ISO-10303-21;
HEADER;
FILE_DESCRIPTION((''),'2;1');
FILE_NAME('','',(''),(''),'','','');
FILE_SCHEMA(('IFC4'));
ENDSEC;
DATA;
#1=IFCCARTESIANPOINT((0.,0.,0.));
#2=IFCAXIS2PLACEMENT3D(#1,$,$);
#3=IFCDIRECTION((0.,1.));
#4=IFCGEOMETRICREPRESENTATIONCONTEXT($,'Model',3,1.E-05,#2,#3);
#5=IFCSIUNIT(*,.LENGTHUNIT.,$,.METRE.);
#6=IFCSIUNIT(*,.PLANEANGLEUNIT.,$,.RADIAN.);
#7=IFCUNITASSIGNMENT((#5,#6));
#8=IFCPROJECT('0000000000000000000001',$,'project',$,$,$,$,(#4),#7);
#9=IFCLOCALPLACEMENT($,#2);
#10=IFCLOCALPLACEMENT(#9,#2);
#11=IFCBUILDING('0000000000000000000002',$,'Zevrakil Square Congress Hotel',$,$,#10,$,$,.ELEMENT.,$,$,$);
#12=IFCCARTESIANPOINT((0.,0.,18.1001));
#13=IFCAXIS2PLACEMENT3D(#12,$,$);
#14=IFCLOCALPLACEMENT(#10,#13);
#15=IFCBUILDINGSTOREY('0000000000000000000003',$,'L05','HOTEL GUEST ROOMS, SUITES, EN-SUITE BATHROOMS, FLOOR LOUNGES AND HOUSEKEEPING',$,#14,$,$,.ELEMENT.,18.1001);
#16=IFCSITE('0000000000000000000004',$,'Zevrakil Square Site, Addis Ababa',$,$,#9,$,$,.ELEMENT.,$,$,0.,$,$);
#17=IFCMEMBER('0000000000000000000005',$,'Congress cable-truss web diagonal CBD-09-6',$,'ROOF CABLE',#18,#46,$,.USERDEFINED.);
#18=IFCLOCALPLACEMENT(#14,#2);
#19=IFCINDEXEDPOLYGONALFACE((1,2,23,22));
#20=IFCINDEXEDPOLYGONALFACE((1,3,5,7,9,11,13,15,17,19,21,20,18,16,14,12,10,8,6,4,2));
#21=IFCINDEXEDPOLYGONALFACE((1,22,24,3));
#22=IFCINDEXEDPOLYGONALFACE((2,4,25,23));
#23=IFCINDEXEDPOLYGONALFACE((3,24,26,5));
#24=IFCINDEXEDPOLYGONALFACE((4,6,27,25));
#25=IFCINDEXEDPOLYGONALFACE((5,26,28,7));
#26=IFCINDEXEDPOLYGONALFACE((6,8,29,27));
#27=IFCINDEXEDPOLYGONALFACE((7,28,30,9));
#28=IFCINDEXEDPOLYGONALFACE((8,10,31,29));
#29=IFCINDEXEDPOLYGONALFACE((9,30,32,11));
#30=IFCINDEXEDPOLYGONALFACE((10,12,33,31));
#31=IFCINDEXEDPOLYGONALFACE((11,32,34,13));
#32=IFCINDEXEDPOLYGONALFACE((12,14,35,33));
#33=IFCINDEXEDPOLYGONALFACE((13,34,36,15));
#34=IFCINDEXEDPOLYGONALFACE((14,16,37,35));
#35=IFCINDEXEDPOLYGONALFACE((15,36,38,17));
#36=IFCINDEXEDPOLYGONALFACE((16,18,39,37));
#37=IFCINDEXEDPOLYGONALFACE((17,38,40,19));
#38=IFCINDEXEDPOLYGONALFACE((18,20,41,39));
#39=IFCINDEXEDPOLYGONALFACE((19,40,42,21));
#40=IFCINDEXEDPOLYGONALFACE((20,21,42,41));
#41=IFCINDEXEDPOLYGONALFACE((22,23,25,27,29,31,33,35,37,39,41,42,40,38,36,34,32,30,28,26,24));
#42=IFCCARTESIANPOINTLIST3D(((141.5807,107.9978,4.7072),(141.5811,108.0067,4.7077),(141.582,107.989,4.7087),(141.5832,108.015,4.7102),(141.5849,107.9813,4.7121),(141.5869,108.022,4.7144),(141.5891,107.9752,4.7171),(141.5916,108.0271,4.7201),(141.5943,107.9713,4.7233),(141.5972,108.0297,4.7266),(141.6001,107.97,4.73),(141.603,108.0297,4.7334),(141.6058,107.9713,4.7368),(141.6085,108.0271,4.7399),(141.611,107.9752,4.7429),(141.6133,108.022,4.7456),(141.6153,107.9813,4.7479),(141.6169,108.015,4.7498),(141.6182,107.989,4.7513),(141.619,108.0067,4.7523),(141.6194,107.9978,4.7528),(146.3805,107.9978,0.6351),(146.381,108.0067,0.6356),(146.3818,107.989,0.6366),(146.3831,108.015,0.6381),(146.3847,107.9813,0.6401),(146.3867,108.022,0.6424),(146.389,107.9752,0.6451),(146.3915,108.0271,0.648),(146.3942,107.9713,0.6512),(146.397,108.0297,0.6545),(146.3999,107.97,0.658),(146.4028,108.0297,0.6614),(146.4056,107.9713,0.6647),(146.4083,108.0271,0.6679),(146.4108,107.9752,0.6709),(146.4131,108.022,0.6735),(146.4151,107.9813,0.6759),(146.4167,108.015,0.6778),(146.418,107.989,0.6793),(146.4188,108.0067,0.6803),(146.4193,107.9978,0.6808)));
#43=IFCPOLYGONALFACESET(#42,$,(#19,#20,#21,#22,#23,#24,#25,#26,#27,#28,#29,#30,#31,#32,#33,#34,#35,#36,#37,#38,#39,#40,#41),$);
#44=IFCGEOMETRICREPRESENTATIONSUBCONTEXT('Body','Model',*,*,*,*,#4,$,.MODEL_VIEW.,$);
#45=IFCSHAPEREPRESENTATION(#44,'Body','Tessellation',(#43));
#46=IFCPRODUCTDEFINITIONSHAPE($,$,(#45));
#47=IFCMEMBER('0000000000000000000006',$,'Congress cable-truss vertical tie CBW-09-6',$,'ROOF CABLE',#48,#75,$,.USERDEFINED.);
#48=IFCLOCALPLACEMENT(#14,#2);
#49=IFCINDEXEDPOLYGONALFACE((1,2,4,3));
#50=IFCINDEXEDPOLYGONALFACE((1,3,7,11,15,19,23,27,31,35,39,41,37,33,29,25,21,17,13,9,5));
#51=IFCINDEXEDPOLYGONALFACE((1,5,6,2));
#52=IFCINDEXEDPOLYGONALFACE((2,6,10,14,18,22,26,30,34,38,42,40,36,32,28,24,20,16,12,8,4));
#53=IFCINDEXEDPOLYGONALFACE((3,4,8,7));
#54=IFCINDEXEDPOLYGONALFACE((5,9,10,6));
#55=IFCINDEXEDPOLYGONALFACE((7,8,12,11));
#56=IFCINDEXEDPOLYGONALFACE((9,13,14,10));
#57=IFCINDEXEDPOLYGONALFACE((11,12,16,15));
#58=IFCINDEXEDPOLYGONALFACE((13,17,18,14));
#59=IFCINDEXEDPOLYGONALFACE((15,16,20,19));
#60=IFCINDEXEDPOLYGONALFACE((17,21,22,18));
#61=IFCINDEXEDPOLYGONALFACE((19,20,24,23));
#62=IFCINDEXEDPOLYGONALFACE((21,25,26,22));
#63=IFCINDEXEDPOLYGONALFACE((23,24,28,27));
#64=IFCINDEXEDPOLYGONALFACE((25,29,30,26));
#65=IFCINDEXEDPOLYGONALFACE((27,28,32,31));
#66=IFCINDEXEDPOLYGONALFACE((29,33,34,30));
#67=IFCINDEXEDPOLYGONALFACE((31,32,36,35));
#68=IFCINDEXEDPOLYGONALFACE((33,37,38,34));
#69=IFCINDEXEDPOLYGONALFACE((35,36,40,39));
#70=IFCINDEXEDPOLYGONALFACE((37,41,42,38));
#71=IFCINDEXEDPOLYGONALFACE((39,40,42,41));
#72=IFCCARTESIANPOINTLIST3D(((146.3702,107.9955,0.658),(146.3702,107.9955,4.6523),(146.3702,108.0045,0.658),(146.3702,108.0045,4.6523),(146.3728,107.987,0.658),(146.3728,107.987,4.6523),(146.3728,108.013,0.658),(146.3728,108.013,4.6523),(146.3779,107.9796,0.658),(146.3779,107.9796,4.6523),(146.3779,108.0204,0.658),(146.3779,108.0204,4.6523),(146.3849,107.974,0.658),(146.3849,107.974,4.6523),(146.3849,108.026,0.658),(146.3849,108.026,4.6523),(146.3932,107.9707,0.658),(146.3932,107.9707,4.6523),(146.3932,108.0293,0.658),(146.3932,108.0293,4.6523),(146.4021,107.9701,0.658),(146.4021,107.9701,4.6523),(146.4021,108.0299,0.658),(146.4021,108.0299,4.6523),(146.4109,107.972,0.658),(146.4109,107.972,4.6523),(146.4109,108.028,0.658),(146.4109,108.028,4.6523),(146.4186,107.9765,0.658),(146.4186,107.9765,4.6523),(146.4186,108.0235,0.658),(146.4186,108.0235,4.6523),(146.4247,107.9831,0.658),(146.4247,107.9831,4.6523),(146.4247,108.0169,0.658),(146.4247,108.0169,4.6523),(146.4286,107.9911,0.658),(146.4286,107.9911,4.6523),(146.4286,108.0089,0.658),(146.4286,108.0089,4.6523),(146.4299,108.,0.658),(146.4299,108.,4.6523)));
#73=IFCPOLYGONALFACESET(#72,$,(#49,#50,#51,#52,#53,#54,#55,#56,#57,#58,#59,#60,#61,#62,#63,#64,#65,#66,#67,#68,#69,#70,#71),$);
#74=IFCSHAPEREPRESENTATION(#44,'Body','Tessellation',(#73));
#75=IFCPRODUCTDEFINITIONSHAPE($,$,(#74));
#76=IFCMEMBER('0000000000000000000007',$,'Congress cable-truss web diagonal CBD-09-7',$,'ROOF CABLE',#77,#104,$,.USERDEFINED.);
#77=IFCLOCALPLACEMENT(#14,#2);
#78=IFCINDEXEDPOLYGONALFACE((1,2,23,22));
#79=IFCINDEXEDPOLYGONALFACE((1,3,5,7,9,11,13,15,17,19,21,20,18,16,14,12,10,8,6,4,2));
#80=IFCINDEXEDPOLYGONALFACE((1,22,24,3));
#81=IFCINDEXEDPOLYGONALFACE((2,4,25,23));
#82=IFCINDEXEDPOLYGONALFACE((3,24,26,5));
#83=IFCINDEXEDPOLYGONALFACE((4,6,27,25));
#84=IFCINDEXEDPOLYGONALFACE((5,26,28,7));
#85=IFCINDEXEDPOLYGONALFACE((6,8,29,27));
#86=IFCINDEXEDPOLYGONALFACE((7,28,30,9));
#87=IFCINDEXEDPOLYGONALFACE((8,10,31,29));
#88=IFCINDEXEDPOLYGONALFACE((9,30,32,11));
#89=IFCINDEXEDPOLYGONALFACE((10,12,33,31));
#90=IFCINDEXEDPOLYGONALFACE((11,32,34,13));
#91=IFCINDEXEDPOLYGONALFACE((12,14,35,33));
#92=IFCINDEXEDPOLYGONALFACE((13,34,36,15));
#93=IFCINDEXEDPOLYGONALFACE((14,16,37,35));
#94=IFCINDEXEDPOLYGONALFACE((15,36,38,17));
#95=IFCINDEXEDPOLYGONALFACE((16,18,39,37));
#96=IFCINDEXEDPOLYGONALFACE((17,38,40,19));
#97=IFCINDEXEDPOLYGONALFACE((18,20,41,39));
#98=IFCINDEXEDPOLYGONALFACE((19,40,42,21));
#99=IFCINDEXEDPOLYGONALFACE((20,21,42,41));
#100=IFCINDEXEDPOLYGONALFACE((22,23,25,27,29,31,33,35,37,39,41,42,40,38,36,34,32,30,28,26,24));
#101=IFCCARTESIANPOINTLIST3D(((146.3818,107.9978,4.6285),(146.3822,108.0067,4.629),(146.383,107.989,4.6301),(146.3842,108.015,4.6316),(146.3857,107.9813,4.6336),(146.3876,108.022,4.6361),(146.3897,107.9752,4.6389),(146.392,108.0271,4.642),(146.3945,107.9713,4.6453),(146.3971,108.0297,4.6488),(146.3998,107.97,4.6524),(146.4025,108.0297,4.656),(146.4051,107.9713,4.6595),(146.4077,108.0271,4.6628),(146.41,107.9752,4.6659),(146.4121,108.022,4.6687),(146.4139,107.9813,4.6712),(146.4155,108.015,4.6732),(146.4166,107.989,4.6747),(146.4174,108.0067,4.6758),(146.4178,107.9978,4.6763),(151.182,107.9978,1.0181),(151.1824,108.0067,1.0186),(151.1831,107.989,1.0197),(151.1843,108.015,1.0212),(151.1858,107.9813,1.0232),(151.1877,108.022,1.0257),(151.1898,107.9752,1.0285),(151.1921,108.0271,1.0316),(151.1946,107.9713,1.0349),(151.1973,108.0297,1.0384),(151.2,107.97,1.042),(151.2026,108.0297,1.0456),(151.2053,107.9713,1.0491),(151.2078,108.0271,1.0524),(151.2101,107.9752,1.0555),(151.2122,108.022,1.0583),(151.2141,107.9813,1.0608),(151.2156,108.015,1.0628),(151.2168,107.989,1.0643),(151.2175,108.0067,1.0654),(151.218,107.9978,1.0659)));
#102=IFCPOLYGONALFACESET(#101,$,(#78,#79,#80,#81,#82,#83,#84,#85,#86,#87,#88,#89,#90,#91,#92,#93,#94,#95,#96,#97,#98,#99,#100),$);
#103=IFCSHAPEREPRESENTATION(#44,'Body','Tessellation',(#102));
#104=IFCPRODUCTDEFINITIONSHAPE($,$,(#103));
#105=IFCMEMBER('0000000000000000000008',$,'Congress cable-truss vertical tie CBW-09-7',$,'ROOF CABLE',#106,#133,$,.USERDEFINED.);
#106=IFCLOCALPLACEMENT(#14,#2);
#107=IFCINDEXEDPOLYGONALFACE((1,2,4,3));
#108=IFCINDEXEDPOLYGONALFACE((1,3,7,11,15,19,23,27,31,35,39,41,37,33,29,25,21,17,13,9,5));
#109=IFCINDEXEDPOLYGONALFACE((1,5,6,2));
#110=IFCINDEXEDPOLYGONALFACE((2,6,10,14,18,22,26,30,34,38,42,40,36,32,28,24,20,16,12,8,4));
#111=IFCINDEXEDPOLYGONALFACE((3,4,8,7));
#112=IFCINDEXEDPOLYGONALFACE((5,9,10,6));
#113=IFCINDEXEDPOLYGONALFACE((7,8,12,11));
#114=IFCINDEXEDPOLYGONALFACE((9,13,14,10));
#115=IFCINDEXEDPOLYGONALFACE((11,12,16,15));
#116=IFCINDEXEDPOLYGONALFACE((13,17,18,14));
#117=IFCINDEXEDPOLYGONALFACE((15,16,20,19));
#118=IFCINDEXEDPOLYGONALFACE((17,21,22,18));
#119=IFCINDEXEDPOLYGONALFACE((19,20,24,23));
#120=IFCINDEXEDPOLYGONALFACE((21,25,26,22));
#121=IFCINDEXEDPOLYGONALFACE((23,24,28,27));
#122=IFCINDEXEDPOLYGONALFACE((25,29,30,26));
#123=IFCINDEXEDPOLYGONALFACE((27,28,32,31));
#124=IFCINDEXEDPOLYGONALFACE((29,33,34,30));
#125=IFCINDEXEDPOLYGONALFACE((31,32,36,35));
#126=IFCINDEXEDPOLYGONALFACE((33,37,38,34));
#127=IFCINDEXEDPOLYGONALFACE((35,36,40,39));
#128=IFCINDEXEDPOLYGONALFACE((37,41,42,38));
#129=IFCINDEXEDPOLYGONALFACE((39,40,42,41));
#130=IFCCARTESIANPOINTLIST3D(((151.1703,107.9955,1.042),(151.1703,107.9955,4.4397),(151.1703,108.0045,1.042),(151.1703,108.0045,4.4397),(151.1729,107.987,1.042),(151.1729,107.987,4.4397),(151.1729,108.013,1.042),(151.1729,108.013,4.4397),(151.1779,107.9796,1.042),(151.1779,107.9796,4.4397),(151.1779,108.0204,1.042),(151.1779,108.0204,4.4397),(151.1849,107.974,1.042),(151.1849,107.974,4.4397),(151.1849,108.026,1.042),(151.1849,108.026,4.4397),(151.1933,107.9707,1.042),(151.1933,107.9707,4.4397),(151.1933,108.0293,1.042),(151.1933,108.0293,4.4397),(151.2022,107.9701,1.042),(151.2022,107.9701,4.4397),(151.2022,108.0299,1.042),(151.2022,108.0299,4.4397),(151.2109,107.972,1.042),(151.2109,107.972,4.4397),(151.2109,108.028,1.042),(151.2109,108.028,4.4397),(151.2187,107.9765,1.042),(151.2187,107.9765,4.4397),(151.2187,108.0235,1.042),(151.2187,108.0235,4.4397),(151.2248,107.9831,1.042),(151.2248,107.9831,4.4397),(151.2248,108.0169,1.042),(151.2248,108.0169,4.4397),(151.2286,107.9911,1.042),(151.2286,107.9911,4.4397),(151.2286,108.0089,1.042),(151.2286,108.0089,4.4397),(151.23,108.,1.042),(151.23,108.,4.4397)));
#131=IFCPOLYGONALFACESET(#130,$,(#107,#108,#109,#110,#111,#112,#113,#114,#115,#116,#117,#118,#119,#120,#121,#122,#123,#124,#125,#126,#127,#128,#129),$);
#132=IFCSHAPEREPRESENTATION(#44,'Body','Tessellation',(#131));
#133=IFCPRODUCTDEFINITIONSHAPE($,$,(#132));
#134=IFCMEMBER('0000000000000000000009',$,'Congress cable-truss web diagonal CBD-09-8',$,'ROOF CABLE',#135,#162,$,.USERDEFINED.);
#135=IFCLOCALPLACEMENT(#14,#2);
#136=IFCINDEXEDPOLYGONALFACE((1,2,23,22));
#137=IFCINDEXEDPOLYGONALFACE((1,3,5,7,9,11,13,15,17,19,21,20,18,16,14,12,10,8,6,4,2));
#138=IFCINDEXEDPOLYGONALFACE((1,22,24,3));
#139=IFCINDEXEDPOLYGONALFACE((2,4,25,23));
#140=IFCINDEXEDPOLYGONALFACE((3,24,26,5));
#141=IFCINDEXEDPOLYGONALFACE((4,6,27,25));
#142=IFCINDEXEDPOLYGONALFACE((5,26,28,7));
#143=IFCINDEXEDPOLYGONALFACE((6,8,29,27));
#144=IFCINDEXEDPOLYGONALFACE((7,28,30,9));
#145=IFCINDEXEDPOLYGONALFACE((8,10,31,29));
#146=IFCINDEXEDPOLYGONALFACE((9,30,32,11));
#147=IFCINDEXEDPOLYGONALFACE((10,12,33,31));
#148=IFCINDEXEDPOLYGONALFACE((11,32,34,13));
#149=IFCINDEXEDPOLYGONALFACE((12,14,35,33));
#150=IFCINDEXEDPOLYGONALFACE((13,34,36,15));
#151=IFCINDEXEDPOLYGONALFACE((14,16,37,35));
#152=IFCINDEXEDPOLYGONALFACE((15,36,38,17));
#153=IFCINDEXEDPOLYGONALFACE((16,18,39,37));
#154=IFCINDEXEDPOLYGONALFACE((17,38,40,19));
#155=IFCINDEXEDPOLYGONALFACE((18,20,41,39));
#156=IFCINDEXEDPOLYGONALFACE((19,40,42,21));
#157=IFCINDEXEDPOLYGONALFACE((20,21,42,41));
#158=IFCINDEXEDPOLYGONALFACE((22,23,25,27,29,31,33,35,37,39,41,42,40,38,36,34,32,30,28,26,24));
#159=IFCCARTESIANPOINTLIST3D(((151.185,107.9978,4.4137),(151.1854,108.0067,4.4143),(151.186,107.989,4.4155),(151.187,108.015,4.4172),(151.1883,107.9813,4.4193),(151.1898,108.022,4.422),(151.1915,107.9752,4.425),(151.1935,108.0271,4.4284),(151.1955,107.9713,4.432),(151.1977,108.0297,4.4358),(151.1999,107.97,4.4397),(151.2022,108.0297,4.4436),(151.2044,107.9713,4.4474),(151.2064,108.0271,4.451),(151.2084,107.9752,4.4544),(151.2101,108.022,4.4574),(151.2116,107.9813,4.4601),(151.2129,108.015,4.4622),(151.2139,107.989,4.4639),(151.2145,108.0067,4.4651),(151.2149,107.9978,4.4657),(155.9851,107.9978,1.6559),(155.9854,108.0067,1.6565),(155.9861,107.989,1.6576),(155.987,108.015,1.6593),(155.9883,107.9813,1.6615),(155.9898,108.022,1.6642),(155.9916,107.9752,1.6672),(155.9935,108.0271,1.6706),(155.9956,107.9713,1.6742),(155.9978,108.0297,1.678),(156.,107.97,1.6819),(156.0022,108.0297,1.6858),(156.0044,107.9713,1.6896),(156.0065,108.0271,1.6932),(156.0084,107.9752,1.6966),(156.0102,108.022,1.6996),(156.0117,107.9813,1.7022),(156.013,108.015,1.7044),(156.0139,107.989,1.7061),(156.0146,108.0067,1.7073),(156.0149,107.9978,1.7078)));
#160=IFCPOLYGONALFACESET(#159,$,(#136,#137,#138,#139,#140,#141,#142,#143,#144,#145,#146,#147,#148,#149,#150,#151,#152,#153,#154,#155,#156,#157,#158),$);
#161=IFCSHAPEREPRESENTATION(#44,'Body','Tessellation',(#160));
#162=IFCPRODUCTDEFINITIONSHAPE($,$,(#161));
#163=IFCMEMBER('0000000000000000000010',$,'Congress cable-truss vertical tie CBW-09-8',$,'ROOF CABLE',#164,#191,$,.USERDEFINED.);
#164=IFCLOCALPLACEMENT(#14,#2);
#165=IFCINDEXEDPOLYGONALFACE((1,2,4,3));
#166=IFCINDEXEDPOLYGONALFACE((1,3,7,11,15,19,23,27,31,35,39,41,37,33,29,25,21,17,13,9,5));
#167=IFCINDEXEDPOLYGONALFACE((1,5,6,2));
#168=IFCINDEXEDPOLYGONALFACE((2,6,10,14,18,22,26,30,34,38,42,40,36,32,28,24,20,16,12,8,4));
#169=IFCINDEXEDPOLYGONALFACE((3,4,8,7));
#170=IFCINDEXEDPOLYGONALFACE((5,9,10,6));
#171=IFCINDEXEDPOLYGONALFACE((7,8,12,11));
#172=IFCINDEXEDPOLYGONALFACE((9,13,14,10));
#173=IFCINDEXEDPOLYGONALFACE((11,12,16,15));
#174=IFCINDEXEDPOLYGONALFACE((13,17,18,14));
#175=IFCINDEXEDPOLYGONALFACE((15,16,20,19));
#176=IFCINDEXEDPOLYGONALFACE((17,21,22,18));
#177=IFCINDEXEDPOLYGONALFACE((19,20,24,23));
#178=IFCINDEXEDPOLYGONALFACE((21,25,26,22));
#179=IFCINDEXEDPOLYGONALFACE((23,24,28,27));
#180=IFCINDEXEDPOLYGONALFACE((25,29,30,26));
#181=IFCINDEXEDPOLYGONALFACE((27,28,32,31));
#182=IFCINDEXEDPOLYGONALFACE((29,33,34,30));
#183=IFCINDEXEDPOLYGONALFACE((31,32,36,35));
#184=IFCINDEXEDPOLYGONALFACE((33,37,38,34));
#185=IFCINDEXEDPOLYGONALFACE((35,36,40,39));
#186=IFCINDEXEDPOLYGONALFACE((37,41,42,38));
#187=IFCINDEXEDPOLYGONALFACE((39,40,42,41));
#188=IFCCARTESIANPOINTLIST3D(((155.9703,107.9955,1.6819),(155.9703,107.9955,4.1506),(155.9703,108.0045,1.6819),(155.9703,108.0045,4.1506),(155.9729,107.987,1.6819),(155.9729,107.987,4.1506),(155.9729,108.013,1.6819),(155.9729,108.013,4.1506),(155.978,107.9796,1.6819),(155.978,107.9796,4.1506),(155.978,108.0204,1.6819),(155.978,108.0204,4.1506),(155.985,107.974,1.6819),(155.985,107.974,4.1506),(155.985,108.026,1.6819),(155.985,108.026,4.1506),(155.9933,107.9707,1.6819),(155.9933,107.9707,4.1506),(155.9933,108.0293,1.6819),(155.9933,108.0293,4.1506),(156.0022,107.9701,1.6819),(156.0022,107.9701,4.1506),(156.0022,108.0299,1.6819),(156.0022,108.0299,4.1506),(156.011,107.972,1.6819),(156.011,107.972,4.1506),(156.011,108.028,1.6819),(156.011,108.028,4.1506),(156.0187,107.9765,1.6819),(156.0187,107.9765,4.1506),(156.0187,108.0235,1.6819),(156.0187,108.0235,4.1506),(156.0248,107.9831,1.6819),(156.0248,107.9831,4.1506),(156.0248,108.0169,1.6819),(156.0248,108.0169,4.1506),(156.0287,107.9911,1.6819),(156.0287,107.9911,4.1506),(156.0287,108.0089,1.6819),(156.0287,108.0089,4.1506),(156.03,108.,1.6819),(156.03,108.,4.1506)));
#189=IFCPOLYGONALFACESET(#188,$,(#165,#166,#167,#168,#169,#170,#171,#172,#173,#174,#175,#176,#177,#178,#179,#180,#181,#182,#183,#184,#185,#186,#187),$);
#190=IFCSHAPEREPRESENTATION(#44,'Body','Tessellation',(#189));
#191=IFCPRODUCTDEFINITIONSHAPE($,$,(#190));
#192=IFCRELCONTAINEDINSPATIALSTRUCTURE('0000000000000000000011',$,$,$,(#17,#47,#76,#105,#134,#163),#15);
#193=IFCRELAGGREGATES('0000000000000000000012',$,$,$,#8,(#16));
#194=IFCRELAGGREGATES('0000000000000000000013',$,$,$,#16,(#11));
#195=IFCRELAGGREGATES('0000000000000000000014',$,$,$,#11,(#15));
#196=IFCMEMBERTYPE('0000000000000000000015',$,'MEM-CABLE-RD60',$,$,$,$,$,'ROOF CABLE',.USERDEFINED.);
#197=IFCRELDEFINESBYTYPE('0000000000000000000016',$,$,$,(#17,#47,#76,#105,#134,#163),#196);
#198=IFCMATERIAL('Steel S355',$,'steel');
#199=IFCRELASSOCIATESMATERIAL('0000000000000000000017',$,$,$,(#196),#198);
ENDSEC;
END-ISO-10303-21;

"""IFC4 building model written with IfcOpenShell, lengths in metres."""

from ifc_helpers import new_model, si_unit, direction, frame, origin, origin_2d, place, context, subcontext, project, spatial, circle, extrude, material, material_profile, profile_set, type_object, element, save


model = new_model("IFC4")

# Units and contexts
model_context = context("Model", 3, precision=1e-05, world=origin(), true_north=direction((0.0, 1.0)))
body_context = subcontext(model_context, "Body", "Model", "MODEL_VIEW")
ifc_project = project(units=[si_unit("LENGTHUNIT", "METRE"), si_unit("PLANEANGLEUNIT", "RADIAN")], contexts=[model_context])

# Site, building, storey
site_placement = place(None, origin())
site = spatial("IfcSite", under=ifc_project, at=site_placement, Name="Zevrakil Square Site, Addis Ababa", CompositionType="ELEMENT", RefElevation=0.0)
building_placement = place(site_placement, origin())
building = spatial("IfcBuilding", under=site, at=building_placement, Name="Zevrakil Square Congress Hotel", CompositionType="ELEMENT")
storey_placement = place(building_placement, frame((0.0, 0.0, 18.1001)))
storey = spatial("IfcBuildingStorey", under=building, at=storey_placement, Name="L05", Description="HOTEL GUEST ROOMS, SUITES, EN-SUITE BATHROOMS, FLOOR LOUNGES AND HOUSEKEEPING", CompositionType="ELEMENT", Elevation=18.1001)

# Members
ifc_material_1 = material(Name="Steel S355", Category="steel")
ifc_material_profile_1 = material_profile(ifc_material_1, circle(Radius=0.03, at=origin_2d()), Name="CABLE RD60")
ifc_profile_set_1 = profile_set([ifc_material_profile_1], Name="Steel S355")
member_type_1 = type_object("IfcMemberType", Name="MEM-CABLE-RD60", ElementType="ROOF CABLE", PredefinedType="USERDEFINED", material=ifc_profile_set_1)
member_1_placement = place(storey_placement, frame((146.3999, 108.0, 0.658), z_axis=(-0.762551, 0.0, 0.646928), x_axis=(0.0, -1.0, 0.0)))
element("IfcMember", 1, at=member_1_placement, inside=storey, type_object=member_type_1, Name="Congress cable-truss web diagonal CBD-09-6", ObjectType="ROOF CABLE", PredefinedType="USERDEFINED", context=body_context, shape_type="SweptSolid", body=[
    extrude(circle(Radius=0.03, at=origin_2d()), origin(), (0.0, 0.0, 1.0), 6.2944),
])
member_2_placement = place(storey_placement, frame((146.3999, 108.0, 0.658), z_axis=(0.0, 0.0, 1.0), x_axis=(1.0, 0.0, 0.0)))
element("IfcMember", 2, at=member_2_placement, inside=storey, type_object=member_type_1, Name="Congress cable-truss vertical tie CBW-09-6", ObjectType="ROOF CABLE", PredefinedType="USERDEFINED", context=body_context, shape_type="SweptSolid", body=[
    extrude(circle(Radius=0.03, at=origin_2d()), origin(), (0.0, 0.0, 1.0), 3.9944),
])
member_3_placement = place(storey_placement, frame((151.2, 108.0, 1.042), z_axis=(-0.799175, 0.0, 0.601099), x_axis=(0.0, -1.0, 0.0)))
element("IfcMember", 3, at=member_3_placement, inside=storey, type_object=member_type_1, Name="Congress cable-truss web diagonal CBD-09-7", ObjectType="ROOF CABLE", PredefinedType="USERDEFINED", context=body_context, shape_type="SweptSolid", body=[
    extrude(circle(Radius=0.03, at=origin_2d()), origin(), (0.0, 0.0, 1.0), 6.0063),
])
member_4_placement = place(storey_placement, frame((151.2, 108.0, 1.042), z_axis=(0.0, 0.0, 1.0), x_axis=(1.0, 0.0, 0.0)))
element("IfcMember", 4, at=member_4_placement, inside=storey, type_object=member_type_1, Name="Congress cable-truss vertical tie CBW-09-7", ObjectType="ROOF CABLE", PredefinedType="USERDEFINED", context=body_context, shape_type="SweptSolid", body=[
    extrude(circle(Radius=0.03, at=origin_2d()), origin(), (0.0, 0.0, 1.0), 3.3977),
])
member_5_placement = place(storey_placement, frame((156.0, 108.0, 1.6819), z_axis=(-0.867079, 0.0, 0.49817), x_axis=(0.0, -1.0, 0.0)))
element("IfcMember", 5, at=member_5_placement, inside=storey, type_object=member_type_1, Name="Congress cable-truss web diagonal CBD-09-8", ObjectType="ROOF CABLE", PredefinedType="USERDEFINED", context=body_context, shape_type="SweptSolid", body=[
    extrude(circle(Radius=0.03, at=origin_2d()), origin(), (0.0, 0.0, 1.0), 5.5359),
])
member_6_placement = place(storey_placement, frame((156.0, 108.0, 1.6819), z_axis=(0.0, 0.0, 1.0), x_axis=(1.0, 0.0, 0.0)))
element("IfcMember", 6, at=member_6_placement, inside=storey, type_object=member_type_1, Name="Congress cable-truss vertical tie CBW-09-8", ObjectType="ROOF CABLE", PredefinedType="USERDEFINED", context=body_context, shape_type="SweptSolid", body=[
    extrude(circle(Radius=0.03, at=origin_2d()), origin(), (0.0, 0.0, 1.0), 2.4688),
])

save(model, "model.ifc")
